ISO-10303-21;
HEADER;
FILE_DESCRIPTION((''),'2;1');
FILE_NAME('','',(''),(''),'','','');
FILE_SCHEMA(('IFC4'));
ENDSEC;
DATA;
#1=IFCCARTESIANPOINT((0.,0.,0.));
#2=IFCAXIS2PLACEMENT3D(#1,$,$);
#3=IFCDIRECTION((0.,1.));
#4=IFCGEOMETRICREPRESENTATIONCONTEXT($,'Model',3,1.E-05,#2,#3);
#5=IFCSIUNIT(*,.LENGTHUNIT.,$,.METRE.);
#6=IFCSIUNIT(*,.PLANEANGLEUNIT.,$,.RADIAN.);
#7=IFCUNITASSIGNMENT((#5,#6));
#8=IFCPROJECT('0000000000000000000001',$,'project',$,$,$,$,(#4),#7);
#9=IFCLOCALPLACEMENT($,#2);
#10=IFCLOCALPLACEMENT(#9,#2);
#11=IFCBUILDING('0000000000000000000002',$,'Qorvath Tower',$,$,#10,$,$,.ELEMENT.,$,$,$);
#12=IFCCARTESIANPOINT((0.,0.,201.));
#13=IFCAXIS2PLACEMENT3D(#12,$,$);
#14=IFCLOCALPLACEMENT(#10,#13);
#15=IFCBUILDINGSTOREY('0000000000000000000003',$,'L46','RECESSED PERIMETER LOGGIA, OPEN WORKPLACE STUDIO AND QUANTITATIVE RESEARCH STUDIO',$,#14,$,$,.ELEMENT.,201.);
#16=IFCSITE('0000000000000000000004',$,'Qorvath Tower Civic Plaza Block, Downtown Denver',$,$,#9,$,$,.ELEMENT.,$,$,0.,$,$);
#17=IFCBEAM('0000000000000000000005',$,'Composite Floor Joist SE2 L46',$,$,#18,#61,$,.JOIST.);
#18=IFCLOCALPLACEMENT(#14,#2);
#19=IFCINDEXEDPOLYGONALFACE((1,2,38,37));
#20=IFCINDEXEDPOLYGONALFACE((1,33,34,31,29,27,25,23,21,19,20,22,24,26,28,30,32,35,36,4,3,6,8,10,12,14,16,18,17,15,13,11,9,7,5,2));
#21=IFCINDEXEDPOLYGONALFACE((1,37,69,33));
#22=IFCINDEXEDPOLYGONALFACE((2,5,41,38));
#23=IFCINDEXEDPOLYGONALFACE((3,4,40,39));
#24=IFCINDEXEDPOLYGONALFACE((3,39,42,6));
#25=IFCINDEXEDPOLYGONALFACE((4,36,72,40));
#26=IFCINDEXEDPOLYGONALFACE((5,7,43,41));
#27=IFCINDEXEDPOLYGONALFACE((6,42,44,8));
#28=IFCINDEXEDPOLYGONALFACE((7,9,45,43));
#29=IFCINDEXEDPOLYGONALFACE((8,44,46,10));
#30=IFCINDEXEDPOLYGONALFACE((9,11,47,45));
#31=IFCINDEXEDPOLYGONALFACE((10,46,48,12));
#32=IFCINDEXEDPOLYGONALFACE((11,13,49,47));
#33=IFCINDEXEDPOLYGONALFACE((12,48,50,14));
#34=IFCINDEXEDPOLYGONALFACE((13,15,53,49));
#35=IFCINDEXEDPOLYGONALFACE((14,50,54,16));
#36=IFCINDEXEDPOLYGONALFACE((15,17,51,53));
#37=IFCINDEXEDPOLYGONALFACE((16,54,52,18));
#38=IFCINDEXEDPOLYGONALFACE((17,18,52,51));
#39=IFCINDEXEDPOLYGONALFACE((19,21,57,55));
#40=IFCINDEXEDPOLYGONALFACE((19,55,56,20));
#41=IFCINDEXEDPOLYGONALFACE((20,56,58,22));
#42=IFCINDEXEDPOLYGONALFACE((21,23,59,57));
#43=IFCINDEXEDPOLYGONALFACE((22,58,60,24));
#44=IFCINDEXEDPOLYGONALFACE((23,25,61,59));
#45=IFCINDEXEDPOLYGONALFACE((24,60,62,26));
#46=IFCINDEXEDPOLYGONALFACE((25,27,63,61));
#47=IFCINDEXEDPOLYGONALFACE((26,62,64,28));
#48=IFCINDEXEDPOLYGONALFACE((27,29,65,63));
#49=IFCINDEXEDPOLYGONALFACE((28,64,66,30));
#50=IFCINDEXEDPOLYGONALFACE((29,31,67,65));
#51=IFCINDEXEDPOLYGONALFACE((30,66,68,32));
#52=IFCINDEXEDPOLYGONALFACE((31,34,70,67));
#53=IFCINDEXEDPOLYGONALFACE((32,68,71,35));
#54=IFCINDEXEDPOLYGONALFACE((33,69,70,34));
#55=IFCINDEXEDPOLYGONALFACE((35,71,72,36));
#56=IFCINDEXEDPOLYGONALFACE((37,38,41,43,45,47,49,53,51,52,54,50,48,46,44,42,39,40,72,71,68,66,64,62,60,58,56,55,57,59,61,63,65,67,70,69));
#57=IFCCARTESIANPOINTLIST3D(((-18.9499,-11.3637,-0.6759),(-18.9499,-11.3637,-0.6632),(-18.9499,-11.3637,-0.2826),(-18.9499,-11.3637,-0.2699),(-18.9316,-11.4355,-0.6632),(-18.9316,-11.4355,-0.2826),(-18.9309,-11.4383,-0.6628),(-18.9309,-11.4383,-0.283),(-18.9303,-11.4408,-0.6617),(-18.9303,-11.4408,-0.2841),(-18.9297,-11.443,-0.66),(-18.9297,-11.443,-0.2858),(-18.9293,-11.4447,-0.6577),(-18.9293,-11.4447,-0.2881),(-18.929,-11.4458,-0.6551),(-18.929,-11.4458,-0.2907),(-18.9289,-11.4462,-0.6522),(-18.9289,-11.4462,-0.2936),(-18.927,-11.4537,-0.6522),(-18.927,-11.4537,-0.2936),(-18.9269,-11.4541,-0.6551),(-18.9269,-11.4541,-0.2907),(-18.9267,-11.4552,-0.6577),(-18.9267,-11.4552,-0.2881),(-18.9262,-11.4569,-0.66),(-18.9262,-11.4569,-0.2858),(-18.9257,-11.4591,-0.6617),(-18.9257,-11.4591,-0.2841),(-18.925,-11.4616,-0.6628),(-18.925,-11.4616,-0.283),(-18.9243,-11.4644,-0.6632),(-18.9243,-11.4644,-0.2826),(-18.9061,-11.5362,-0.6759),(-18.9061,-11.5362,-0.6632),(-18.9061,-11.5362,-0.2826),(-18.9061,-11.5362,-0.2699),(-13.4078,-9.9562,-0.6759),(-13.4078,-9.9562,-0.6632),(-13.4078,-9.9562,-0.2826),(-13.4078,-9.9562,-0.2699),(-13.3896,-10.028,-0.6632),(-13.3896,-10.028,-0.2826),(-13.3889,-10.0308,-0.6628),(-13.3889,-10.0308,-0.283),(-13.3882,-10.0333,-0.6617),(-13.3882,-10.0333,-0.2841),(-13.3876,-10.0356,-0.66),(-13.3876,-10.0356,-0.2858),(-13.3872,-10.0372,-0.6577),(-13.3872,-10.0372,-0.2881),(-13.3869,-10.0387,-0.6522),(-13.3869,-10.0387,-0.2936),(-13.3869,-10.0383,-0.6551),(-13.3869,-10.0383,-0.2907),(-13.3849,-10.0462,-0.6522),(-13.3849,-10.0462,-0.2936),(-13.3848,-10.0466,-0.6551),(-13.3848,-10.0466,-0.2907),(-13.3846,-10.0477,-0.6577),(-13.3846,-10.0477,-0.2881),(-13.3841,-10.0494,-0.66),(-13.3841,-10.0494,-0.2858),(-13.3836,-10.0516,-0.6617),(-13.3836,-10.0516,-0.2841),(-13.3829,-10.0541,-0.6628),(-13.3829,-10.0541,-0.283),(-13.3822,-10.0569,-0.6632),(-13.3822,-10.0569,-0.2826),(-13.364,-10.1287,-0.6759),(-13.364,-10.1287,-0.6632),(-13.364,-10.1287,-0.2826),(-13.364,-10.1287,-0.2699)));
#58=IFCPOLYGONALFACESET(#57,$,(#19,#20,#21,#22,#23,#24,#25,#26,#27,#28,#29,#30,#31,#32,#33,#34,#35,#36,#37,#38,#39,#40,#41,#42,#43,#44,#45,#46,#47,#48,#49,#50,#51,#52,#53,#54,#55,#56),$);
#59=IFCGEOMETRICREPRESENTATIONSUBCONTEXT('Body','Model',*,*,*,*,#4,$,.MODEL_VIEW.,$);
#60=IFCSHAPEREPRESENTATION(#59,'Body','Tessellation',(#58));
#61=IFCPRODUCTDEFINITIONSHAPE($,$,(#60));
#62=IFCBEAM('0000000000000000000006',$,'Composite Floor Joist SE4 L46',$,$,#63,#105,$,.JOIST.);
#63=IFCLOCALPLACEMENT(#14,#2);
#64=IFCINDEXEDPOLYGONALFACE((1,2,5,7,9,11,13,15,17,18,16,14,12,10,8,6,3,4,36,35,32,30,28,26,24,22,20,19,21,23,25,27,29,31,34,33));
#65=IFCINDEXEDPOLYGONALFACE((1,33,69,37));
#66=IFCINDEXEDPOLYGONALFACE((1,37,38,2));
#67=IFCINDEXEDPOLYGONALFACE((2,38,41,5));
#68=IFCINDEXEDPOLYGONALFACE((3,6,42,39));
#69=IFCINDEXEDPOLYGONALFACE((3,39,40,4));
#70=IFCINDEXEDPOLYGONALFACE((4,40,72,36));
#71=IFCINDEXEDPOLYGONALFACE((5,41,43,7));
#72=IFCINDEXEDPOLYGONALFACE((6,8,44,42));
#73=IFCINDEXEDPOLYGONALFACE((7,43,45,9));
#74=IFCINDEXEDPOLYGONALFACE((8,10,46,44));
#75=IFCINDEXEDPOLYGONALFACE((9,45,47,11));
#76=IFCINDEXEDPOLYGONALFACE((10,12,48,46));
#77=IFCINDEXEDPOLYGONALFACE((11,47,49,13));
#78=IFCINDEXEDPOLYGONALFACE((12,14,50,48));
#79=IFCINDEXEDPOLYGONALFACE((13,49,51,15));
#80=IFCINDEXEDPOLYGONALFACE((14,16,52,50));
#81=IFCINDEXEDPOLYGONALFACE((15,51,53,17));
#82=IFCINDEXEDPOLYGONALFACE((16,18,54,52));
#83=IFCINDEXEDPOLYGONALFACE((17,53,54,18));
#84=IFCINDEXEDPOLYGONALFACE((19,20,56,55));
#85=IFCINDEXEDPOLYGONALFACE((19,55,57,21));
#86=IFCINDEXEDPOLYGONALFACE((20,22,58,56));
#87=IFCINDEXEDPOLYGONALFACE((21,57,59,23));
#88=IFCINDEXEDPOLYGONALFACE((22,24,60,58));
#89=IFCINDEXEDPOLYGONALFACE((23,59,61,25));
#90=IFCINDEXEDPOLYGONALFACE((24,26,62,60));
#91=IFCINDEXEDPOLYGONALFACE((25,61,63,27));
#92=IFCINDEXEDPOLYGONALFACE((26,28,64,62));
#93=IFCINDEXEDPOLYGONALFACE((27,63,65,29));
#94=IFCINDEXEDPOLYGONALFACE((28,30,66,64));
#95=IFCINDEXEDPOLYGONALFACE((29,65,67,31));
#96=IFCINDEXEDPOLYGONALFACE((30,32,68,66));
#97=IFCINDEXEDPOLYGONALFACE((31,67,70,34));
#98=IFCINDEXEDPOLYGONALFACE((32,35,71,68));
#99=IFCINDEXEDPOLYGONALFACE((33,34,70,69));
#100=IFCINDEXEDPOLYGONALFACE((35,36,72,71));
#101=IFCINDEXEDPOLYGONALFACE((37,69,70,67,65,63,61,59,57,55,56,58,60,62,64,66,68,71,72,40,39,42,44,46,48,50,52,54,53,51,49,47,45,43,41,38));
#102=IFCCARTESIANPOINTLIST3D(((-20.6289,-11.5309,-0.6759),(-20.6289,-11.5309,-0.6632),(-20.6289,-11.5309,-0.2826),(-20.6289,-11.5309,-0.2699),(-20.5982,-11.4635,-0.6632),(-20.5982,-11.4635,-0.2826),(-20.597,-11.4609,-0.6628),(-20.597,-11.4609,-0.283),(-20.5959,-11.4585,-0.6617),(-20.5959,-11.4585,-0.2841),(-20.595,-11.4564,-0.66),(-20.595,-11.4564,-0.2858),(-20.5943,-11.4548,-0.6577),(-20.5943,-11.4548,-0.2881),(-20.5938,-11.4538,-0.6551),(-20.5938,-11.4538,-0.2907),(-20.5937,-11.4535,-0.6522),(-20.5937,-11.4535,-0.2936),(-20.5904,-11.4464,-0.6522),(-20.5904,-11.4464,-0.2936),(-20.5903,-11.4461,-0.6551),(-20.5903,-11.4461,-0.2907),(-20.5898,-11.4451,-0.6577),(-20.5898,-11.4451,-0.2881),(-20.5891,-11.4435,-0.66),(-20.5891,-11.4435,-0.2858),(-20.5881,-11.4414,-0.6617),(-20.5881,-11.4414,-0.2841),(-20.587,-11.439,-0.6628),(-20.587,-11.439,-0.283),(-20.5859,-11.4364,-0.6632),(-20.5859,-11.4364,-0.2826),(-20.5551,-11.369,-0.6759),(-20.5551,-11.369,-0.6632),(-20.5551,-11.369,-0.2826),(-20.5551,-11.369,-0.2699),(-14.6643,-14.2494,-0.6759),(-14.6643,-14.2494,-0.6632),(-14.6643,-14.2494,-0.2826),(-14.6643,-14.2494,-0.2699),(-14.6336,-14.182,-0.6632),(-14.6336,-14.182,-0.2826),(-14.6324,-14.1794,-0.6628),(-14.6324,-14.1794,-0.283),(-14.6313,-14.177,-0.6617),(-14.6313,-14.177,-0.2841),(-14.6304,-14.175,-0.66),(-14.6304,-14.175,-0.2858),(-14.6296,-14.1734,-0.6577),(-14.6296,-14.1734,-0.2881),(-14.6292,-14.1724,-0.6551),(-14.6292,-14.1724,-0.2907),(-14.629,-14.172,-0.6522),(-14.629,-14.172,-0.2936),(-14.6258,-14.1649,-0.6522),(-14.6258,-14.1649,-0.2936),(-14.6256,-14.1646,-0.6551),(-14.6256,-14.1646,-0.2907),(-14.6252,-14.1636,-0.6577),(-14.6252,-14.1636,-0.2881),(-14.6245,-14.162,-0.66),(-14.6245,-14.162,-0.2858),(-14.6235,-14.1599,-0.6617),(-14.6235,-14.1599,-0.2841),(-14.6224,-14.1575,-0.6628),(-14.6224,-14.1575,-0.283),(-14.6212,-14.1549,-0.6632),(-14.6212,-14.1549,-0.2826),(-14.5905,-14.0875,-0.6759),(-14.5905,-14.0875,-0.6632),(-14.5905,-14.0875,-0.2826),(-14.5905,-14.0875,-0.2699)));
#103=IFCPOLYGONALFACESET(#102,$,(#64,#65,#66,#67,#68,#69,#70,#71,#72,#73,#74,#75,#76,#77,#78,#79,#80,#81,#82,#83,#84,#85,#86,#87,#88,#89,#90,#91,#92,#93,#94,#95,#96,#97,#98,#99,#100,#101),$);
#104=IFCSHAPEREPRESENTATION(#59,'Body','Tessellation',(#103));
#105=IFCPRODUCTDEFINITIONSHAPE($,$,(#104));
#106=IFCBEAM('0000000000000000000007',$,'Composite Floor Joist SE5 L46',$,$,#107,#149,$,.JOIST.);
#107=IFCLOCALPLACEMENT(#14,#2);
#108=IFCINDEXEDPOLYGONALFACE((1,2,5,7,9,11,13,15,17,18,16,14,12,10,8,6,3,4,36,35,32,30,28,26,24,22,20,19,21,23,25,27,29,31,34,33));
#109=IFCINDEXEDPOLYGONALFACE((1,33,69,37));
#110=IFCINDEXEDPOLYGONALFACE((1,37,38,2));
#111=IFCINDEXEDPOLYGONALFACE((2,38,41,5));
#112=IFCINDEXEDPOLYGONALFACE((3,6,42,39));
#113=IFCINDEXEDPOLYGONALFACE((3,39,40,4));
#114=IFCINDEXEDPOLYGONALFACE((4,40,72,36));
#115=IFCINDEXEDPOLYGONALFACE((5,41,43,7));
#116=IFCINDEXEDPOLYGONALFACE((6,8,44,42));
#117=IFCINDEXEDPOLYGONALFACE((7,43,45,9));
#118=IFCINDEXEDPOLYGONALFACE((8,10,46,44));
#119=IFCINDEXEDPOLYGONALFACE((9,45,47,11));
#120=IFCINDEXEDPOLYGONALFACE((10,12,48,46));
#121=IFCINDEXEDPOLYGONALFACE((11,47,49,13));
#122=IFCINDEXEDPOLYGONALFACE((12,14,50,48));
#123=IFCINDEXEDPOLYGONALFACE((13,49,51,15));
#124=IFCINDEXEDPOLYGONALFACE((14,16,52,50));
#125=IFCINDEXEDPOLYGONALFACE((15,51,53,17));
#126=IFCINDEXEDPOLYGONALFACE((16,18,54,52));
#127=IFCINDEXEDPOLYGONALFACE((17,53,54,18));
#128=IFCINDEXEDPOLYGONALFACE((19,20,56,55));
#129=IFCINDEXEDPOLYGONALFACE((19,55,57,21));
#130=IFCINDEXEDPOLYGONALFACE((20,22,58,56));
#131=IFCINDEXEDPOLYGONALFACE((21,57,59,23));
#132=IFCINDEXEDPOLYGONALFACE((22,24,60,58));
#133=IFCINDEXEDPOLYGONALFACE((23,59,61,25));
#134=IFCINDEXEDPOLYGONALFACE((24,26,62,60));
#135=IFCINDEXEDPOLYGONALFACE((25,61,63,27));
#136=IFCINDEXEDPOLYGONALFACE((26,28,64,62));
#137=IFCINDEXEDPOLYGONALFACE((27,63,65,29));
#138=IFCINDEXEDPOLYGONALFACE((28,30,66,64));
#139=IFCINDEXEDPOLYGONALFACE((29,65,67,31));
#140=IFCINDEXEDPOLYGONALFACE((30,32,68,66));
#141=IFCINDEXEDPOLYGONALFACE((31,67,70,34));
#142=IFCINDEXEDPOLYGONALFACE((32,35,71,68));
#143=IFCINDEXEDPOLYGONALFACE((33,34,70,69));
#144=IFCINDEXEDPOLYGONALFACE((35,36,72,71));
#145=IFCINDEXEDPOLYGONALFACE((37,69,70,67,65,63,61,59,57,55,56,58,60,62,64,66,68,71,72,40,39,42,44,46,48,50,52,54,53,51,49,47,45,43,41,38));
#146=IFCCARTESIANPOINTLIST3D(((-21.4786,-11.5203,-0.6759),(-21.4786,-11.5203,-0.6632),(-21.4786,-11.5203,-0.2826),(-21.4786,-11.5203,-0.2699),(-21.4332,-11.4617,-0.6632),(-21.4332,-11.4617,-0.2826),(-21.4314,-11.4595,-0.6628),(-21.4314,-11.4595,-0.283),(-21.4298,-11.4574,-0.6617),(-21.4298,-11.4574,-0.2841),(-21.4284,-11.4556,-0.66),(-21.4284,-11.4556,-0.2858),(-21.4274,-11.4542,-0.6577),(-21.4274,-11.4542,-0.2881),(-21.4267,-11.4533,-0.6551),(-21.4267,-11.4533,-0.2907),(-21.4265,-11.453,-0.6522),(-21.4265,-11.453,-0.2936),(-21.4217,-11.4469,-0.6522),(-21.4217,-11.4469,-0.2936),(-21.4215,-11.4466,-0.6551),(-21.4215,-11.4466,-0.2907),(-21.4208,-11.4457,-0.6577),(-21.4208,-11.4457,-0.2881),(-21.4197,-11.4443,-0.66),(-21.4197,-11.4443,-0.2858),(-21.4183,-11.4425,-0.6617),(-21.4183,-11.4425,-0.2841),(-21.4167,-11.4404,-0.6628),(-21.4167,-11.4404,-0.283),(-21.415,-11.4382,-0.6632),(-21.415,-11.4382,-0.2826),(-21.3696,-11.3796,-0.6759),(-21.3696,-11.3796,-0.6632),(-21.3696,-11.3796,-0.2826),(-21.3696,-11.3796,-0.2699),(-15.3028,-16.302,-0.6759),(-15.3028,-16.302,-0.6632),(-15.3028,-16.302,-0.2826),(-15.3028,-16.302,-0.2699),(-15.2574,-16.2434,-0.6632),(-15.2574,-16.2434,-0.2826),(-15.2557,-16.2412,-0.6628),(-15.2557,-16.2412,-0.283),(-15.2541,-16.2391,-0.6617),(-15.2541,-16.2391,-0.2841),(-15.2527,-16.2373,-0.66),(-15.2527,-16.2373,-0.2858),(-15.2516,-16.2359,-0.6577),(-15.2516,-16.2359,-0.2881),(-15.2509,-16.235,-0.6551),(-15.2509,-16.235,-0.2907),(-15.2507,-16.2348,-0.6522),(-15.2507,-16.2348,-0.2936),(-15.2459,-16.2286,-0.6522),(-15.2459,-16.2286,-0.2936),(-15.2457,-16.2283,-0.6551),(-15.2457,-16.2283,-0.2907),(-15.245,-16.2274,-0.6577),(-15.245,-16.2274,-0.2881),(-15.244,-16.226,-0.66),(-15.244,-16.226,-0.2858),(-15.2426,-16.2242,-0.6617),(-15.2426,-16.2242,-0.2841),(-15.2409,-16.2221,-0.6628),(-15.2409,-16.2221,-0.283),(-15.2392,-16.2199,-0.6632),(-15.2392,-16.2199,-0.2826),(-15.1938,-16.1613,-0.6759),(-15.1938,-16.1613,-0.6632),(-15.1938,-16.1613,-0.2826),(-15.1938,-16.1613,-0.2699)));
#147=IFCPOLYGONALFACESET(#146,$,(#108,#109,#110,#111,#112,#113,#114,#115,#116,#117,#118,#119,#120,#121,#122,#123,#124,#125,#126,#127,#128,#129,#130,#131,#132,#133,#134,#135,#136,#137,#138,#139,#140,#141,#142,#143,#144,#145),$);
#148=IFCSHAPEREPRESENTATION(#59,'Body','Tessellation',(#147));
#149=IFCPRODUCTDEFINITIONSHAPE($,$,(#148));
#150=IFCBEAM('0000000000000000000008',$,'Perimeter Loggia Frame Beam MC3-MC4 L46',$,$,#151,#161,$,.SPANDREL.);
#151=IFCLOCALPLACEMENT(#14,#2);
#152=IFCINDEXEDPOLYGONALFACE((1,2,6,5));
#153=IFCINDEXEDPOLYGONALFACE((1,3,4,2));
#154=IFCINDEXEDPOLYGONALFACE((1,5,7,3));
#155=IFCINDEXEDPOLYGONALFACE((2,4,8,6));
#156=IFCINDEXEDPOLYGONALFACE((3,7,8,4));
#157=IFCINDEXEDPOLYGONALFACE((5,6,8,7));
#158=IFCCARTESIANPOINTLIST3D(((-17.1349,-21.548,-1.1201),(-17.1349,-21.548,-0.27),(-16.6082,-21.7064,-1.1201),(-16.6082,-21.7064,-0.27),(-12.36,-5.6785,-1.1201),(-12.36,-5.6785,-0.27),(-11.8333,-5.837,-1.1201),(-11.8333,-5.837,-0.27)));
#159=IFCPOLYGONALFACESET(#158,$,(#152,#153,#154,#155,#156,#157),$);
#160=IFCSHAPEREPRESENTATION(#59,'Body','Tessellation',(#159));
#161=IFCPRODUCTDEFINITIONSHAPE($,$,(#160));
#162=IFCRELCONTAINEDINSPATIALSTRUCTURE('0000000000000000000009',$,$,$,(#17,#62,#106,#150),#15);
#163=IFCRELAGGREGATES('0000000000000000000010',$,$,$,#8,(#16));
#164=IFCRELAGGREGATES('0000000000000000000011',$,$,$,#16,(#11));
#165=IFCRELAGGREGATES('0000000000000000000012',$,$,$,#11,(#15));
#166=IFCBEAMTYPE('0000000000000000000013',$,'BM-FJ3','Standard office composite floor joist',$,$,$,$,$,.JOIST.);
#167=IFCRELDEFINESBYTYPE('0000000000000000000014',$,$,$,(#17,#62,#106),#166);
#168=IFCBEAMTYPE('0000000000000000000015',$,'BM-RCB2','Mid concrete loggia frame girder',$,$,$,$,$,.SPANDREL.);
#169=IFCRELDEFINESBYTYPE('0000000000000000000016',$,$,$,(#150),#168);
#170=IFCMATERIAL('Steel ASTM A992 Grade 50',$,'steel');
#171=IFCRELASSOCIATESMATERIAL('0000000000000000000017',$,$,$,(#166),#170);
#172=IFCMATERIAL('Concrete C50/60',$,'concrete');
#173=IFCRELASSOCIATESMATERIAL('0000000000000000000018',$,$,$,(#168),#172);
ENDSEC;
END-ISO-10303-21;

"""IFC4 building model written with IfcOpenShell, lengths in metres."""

from ifc_helpers import new_model, si_unit, direction, frame, origin, origin_2d, place, context, subcontext, project, spatial, rectangle, i_section, extrude, material, material_profile, profile_set, type_object, element, save


model = new_model("IFC4")

# Units and contexts
model_context = context("Model", 3, precision=1e-05, world=origin(), true_north=direction((0.0, 1.0)))
body_context = subcontext(model_context, "Body", "Model", "MODEL_VIEW")
ifc_project = project(units=[si_unit("LENGTHUNIT", "METRE"), si_unit("PLANEANGLEUNIT", "RADIAN")], contexts=[model_context])

# Site, building, storey
site_placement = place(None, origin())
site = spatial("IfcSite", under=ifc_project, at=site_placement, Name="Qorvath Tower Civic Plaza Block, Downtown Denver", CompositionType="ELEMENT", RefElevation=0.0)
building_placement = place(site_placement, origin())
building = spatial("IfcBuilding", under=site, at=building_placement, Name="Qorvath Tower", CompositionType="ELEMENT")
storey_placement = place(building_placement, frame((0.0, 0.0, 201.0)))
storey = spatial("IfcBuildingStorey", under=building, at=storey_placement, Name="L46", Description="RECESSED PERIMETER LOGGIA, OPEN WORKPLACE STUDIO AND QUANTITATIVE RESEARCH STUDIO", CompositionType="ELEMENT", Elevation=201.0)

# Beams
ifc_material_1 = material(Name="Steel ASTM A992 Grade 50", Category="steel")
ifc_material_profile_1 = material_profile(ifc_material_1, i_section(OverallWidth=0.178, OverallDepth=0.406, WebThickness=0.0078, FlangeThickness=0.0127, FilletRadius=0.011, at=origin_2d()), Name="W16x40")
ifc_profile_set_1 = profile_set([ifc_material_profile_1], Name="Steel ASTM A992 Grade 50")
beam_type_1 = type_object("IfcBeamType", Name="BM-FJ3", Description="Standard office composite floor joist", PredefinedType="JOIST", material=ifc_profile_set_1)
beam_1_placement = place(storey_placement, frame((-18.928, -11.45, -0.4729), z_axis=(0.969232, 0.246151, 0.0), x_axis=(-0.246151, 0.969232, 0.0)))
element("IfcBeam", 1, at=beam_1_placement, inside=storey, type_object=beam_type_1, Name="Composite Floor Joist SE2 L46", PredefinedType="JOIST", context=body_context, shape_type="SweptSolid", body=[
    extrude(i_section(OverallWidth=0.178, OverallDepth=0.406, WebThickness=0.0078, FlangeThickness=0.0127, FilletRadius=0.011, at=origin_2d()), origin(), (0.0, 0.0, 1.0), 5.718),
])
beam_2_placement = place(storey_placement, frame((-20.592, -11.45, -0.4729), z_axis=(0.909945, -0.414729, 0.0), x_axis=(0.414729, 0.909945, 0.0)))
element("IfcBeam", 2, at=beam_2_placement, inside=storey, type_object=beam_type_1, Name="Composite Floor Joist SE4 L46", PredefinedType="JOIST", context=body_context, shape_type="SweptSolid", body=[
    extrude(i_section(OverallWidth=0.178, OverallDepth=0.406, WebThickness=0.0078, FlangeThickness=0.0127, FilletRadius=0.011, at=origin_2d()), origin(), (0.0, 0.0, 1.0), 6.5549),
])
beam_3_placement = place(storey_placement, frame((-21.4241, -11.45, -0.4729), z_axis=(0.790693, -0.612212, 0.0), x_axis=(0.612212, 0.790693, 0.0)))
element("IfcBeam", 3, at=beam_3_placement, inside=storey, type_object=beam_type_1, Name="Composite Floor Joist SE5 L46", PredefinedType="JOIST", context=body_context, shape_type="SweptSolid", body=[
    extrude(i_section(OverallWidth=0.178, OverallDepth=0.406, WebThickness=0.0078, FlangeThickness=0.0127, FilletRadius=0.011, at=origin_2d()), origin(), (0.0, 0.0, 1.0), 7.8105),
])
ifc_material_2 = material(Name="Concrete C50/60", Category="concrete")
ifc_material_profile_2 = material_profile(ifc_material_2, rectangle(XDim=0.55, YDim=0.8501, at=origin_2d()), Name="RCB 850x550")
ifc_profile_set_2 = profile_set([ifc_material_profile_2], Name="Concrete C50/60")
beam_type_2 = type_object("IfcBeamType", Name="BM-RCB2", Description="Mid concrete loggia frame girder", PredefinedType="SPANDREL", material=ifc_profile_set_2)
beam_4_placement = place(storey_placement, frame((-16.8716, -21.6272, -0.6951), z_axis=(0.288128, 0.957592, 0.0), x_axis=(-0.957592, 0.288128, 0.0)))
element("IfcBeam", 4, at=beam_4_placement, inside=storey, type_object=beam_type_2, Name="Perimeter Loggia Frame Beam MC3-MC4 L46", PredefinedType="SPANDREL", context=body_context, shape_type="SweptSolid", body=[
    extrude(rectangle(XDim=0.55, YDim=0.8501, at=origin_2d()), origin(), (0.0, 0.0, 1.0), 16.5723),
])

save(model, "model.ifc")
